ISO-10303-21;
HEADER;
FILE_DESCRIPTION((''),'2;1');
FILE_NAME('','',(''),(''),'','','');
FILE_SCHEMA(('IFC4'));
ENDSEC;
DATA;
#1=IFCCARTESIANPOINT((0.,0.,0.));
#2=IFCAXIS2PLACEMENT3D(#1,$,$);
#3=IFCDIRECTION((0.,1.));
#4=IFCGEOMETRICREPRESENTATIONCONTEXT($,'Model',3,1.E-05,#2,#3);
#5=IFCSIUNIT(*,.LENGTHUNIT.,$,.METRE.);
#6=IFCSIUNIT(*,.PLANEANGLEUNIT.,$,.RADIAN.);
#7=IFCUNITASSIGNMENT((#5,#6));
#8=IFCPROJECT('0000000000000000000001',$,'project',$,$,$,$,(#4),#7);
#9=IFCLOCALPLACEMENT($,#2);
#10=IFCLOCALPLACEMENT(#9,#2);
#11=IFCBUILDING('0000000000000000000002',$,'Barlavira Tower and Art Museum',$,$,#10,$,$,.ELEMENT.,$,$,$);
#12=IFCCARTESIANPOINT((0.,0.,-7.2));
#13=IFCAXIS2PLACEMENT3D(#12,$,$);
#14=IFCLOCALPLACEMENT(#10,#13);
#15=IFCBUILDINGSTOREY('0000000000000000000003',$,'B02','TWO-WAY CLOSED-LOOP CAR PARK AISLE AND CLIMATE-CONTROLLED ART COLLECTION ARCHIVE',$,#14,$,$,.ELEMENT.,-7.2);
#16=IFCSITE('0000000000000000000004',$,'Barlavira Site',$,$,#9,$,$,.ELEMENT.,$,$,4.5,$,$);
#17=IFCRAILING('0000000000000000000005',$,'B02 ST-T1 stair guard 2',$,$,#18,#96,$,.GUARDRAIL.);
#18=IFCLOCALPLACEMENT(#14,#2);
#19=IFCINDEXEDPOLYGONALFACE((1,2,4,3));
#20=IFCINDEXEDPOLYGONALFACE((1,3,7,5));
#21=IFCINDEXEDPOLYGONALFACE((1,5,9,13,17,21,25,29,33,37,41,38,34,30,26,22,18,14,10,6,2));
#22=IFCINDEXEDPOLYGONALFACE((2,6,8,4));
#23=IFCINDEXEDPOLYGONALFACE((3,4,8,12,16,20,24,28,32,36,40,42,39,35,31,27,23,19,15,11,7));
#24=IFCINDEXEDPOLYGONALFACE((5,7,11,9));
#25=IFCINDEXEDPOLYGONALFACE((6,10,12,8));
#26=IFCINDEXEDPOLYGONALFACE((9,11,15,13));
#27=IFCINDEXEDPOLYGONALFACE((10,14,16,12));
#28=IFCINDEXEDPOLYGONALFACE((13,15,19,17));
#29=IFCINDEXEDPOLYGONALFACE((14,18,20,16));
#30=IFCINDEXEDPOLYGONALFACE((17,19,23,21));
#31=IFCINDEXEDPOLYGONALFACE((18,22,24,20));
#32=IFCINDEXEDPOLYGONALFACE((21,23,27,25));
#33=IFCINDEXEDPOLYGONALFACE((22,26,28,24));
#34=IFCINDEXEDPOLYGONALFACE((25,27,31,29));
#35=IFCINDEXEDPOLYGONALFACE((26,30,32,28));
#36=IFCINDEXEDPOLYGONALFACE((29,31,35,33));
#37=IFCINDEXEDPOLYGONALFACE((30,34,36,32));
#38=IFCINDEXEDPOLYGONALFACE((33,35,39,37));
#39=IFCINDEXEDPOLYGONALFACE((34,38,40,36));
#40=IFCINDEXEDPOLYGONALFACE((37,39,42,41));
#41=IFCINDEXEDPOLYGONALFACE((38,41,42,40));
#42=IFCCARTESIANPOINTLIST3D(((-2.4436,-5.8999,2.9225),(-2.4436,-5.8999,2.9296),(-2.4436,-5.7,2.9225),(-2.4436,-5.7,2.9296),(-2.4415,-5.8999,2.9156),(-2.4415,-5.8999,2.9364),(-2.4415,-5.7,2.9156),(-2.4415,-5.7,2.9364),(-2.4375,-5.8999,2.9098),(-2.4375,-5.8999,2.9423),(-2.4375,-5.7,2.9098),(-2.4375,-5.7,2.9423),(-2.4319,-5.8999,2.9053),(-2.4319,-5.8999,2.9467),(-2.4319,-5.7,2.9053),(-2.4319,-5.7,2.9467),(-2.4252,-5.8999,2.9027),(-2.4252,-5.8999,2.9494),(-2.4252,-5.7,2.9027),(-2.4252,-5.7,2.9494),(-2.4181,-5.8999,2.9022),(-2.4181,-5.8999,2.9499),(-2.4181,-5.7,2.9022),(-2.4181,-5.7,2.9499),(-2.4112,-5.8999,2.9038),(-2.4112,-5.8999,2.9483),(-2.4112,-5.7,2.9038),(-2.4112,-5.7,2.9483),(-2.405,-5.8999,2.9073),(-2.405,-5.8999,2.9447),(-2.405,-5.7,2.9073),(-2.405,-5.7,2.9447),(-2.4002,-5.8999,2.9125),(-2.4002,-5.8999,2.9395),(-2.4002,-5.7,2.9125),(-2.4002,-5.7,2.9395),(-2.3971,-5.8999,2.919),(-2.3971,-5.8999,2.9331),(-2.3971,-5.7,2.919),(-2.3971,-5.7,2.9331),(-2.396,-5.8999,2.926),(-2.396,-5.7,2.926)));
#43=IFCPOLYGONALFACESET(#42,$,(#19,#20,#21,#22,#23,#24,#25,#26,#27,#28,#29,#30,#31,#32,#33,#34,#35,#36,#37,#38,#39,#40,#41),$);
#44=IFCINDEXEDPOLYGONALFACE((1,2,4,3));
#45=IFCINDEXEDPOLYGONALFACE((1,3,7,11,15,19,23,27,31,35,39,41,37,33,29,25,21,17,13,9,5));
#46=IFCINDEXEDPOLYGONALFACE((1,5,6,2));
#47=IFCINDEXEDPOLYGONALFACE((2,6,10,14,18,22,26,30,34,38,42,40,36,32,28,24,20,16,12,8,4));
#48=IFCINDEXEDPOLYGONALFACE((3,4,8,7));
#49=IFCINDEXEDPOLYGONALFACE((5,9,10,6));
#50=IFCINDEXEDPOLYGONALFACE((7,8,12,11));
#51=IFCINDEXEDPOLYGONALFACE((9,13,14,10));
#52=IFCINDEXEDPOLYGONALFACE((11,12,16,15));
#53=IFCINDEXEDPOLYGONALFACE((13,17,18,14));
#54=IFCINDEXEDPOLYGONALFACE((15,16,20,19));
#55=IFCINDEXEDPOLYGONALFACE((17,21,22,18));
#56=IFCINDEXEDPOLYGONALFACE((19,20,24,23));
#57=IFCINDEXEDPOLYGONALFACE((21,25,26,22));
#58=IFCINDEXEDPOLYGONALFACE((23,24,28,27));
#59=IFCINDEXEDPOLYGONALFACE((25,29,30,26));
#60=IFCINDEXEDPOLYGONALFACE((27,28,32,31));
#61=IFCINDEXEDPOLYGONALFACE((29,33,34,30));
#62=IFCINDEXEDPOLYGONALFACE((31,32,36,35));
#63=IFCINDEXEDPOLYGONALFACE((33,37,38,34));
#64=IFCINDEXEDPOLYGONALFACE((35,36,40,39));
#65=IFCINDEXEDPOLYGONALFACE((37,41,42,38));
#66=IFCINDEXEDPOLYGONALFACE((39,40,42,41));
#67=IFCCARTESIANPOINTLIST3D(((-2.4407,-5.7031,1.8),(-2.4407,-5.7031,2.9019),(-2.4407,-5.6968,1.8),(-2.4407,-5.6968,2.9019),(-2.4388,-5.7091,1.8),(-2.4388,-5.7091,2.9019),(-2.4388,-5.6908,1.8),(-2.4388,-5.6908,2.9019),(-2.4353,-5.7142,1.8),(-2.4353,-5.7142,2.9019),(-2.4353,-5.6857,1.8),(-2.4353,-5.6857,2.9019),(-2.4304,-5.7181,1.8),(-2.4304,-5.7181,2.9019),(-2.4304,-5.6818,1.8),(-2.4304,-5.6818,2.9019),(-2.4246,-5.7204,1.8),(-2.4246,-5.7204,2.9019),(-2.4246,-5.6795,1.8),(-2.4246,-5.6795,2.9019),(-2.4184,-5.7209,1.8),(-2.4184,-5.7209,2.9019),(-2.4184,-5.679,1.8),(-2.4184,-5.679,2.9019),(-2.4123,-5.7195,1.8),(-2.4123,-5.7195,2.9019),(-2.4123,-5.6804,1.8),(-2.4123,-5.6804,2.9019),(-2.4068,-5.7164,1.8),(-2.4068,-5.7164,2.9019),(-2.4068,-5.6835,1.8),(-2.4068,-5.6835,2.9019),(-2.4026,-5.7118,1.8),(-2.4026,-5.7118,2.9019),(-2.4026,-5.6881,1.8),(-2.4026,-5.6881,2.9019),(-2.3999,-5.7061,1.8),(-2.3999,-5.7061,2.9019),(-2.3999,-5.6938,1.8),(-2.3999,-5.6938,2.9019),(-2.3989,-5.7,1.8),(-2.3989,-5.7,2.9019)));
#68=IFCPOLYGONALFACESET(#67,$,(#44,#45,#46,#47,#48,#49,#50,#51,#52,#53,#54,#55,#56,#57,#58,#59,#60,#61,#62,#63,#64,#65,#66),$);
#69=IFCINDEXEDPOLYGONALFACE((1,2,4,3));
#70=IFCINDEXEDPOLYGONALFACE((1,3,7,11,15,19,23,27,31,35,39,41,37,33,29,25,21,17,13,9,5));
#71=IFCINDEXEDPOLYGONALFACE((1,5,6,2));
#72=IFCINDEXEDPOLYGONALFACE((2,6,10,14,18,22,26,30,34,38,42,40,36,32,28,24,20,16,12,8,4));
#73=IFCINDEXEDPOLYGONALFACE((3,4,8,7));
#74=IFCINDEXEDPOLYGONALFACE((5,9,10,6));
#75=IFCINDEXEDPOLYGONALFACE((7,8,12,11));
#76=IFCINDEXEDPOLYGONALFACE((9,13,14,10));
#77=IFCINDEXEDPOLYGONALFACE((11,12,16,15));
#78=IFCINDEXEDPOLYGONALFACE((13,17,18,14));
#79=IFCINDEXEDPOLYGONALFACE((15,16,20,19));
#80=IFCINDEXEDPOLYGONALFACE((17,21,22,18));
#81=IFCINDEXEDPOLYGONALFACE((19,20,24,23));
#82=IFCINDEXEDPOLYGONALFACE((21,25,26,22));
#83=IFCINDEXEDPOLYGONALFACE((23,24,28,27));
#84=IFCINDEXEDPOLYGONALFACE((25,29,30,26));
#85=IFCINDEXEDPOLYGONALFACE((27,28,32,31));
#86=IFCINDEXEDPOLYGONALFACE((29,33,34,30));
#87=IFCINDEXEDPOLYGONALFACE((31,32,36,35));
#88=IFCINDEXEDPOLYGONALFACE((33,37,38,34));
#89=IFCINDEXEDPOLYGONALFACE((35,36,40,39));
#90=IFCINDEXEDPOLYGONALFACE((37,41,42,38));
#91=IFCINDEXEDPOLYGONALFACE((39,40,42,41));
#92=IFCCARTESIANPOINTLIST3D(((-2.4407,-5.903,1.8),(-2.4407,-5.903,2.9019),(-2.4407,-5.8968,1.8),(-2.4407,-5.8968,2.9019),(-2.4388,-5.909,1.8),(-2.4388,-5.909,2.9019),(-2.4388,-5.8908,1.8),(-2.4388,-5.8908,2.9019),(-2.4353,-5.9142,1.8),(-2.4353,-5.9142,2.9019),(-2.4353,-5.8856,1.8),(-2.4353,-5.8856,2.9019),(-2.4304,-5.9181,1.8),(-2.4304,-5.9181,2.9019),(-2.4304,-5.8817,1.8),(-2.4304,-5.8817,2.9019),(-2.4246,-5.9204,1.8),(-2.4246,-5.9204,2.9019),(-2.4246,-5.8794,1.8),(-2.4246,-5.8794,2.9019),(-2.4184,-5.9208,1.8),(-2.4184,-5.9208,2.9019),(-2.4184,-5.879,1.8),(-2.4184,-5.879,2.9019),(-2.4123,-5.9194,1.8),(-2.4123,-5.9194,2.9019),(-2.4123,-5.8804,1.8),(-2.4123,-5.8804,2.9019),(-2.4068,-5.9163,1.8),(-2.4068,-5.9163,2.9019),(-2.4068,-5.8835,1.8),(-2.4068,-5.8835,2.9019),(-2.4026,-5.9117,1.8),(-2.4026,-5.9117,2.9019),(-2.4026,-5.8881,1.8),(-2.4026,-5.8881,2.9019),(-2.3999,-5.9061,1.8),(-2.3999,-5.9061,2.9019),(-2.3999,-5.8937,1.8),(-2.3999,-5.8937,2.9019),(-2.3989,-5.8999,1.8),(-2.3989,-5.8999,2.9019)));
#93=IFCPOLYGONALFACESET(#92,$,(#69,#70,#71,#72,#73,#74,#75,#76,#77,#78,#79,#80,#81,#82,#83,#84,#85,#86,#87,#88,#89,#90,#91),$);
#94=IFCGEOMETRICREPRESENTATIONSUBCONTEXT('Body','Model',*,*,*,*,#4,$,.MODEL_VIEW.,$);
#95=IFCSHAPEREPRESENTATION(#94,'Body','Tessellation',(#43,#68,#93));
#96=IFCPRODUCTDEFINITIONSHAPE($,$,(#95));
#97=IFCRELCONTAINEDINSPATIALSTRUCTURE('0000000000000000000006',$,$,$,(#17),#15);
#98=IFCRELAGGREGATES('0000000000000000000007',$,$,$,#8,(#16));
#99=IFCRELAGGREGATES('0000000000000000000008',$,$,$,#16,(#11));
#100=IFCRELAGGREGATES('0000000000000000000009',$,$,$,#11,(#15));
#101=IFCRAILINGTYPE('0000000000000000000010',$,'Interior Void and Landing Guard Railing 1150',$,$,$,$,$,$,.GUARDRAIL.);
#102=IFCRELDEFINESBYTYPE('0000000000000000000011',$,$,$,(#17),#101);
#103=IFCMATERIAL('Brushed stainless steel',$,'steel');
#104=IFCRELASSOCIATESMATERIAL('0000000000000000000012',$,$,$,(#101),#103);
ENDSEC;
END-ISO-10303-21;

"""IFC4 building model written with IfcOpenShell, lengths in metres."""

from ifc_helpers import new_model, si_unit, direction, frame, origin, origin_2d, place, context, subcontext, project, spatial, circle, extrude, material, type_object, element, save


model = new_model("IFC4")

# Units and contexts
model_context = context("Model", 3, precision=1e-05, world=origin(), true_north=direction((0.0, 1.0)))
body_context = subcontext(model_context, "Body", "Model", "MODEL_VIEW")
ifc_project = project(units=[si_unit("LENGTHUNIT", "METRE"), si_unit("PLANEANGLEUNIT", "RADIAN")], contexts=[model_context])

# Site, building, storey
site_placement = place(None, origin())
site = spatial("IfcSite", under=ifc_project, at=site_placement, Name="Barlavira Site", CompositionType="ELEMENT", RefElevation=4.5)
building_placement = place(site_placement, origin())
building = spatial("IfcBuilding", under=site, at=building_placement, Name="Barlavira Tower and Art Museum", CompositionType="ELEMENT")
storey_placement = place(building_placement, frame((0.0, 0.0, -7.2)))
storey = spatial("IfcBuildingStorey", under=building, at=storey_placement, Name="B02", Description="TWO-WAY CLOSED-LOOP CAR PARK AISLE AND CLIMATE-CONTROLLED ART COLLECTION ARCHIVE", CompositionType="ELEMENT", Elevation=-7.2)

# Shared definitions
ifc_material_1 = material(Name="Brushed stainless steel", Category="steel")

# Railing
railing_type_1 = type_object("IfcRailingType", Name="Interior Void and Landing Guard Railing 1150", PredefinedType="GUARDRAIL", material=ifc_material_1)
railing_1_placement = place(storey_placement, frame((-2.4199, -5.7, 1.8)))
element("IfcRailing", 1, at=railing_1_placement, inside=storey, type_object=railing_type_1, Name="B02 ST-T1 stair guard 2", PredefinedType="GUARDRAIL", context=body_context, shape_type="SweptSolid", body=[
    extrude(circle(Radius=0.0239, at=origin_2d()), frame((0.0, 0.0, 1.126), z_axis=(0.0, -1.0, 0.0), x_axis=(1.0, 0.0, 0.0)), (0.0, 0.0, 1.0), 0.2),
    extrude(circle(Radius=0.021, at=origin_2d()), origin(), (0.0, 0.0, 1.0), 1.1018),
    extrude(circle(Radius=0.021, at=origin_2d()), frame((0.0, -0.2, 0.0)), (0.0, 0.0, 1.0), 1.1018),
])

save(model, "model.ifc")
